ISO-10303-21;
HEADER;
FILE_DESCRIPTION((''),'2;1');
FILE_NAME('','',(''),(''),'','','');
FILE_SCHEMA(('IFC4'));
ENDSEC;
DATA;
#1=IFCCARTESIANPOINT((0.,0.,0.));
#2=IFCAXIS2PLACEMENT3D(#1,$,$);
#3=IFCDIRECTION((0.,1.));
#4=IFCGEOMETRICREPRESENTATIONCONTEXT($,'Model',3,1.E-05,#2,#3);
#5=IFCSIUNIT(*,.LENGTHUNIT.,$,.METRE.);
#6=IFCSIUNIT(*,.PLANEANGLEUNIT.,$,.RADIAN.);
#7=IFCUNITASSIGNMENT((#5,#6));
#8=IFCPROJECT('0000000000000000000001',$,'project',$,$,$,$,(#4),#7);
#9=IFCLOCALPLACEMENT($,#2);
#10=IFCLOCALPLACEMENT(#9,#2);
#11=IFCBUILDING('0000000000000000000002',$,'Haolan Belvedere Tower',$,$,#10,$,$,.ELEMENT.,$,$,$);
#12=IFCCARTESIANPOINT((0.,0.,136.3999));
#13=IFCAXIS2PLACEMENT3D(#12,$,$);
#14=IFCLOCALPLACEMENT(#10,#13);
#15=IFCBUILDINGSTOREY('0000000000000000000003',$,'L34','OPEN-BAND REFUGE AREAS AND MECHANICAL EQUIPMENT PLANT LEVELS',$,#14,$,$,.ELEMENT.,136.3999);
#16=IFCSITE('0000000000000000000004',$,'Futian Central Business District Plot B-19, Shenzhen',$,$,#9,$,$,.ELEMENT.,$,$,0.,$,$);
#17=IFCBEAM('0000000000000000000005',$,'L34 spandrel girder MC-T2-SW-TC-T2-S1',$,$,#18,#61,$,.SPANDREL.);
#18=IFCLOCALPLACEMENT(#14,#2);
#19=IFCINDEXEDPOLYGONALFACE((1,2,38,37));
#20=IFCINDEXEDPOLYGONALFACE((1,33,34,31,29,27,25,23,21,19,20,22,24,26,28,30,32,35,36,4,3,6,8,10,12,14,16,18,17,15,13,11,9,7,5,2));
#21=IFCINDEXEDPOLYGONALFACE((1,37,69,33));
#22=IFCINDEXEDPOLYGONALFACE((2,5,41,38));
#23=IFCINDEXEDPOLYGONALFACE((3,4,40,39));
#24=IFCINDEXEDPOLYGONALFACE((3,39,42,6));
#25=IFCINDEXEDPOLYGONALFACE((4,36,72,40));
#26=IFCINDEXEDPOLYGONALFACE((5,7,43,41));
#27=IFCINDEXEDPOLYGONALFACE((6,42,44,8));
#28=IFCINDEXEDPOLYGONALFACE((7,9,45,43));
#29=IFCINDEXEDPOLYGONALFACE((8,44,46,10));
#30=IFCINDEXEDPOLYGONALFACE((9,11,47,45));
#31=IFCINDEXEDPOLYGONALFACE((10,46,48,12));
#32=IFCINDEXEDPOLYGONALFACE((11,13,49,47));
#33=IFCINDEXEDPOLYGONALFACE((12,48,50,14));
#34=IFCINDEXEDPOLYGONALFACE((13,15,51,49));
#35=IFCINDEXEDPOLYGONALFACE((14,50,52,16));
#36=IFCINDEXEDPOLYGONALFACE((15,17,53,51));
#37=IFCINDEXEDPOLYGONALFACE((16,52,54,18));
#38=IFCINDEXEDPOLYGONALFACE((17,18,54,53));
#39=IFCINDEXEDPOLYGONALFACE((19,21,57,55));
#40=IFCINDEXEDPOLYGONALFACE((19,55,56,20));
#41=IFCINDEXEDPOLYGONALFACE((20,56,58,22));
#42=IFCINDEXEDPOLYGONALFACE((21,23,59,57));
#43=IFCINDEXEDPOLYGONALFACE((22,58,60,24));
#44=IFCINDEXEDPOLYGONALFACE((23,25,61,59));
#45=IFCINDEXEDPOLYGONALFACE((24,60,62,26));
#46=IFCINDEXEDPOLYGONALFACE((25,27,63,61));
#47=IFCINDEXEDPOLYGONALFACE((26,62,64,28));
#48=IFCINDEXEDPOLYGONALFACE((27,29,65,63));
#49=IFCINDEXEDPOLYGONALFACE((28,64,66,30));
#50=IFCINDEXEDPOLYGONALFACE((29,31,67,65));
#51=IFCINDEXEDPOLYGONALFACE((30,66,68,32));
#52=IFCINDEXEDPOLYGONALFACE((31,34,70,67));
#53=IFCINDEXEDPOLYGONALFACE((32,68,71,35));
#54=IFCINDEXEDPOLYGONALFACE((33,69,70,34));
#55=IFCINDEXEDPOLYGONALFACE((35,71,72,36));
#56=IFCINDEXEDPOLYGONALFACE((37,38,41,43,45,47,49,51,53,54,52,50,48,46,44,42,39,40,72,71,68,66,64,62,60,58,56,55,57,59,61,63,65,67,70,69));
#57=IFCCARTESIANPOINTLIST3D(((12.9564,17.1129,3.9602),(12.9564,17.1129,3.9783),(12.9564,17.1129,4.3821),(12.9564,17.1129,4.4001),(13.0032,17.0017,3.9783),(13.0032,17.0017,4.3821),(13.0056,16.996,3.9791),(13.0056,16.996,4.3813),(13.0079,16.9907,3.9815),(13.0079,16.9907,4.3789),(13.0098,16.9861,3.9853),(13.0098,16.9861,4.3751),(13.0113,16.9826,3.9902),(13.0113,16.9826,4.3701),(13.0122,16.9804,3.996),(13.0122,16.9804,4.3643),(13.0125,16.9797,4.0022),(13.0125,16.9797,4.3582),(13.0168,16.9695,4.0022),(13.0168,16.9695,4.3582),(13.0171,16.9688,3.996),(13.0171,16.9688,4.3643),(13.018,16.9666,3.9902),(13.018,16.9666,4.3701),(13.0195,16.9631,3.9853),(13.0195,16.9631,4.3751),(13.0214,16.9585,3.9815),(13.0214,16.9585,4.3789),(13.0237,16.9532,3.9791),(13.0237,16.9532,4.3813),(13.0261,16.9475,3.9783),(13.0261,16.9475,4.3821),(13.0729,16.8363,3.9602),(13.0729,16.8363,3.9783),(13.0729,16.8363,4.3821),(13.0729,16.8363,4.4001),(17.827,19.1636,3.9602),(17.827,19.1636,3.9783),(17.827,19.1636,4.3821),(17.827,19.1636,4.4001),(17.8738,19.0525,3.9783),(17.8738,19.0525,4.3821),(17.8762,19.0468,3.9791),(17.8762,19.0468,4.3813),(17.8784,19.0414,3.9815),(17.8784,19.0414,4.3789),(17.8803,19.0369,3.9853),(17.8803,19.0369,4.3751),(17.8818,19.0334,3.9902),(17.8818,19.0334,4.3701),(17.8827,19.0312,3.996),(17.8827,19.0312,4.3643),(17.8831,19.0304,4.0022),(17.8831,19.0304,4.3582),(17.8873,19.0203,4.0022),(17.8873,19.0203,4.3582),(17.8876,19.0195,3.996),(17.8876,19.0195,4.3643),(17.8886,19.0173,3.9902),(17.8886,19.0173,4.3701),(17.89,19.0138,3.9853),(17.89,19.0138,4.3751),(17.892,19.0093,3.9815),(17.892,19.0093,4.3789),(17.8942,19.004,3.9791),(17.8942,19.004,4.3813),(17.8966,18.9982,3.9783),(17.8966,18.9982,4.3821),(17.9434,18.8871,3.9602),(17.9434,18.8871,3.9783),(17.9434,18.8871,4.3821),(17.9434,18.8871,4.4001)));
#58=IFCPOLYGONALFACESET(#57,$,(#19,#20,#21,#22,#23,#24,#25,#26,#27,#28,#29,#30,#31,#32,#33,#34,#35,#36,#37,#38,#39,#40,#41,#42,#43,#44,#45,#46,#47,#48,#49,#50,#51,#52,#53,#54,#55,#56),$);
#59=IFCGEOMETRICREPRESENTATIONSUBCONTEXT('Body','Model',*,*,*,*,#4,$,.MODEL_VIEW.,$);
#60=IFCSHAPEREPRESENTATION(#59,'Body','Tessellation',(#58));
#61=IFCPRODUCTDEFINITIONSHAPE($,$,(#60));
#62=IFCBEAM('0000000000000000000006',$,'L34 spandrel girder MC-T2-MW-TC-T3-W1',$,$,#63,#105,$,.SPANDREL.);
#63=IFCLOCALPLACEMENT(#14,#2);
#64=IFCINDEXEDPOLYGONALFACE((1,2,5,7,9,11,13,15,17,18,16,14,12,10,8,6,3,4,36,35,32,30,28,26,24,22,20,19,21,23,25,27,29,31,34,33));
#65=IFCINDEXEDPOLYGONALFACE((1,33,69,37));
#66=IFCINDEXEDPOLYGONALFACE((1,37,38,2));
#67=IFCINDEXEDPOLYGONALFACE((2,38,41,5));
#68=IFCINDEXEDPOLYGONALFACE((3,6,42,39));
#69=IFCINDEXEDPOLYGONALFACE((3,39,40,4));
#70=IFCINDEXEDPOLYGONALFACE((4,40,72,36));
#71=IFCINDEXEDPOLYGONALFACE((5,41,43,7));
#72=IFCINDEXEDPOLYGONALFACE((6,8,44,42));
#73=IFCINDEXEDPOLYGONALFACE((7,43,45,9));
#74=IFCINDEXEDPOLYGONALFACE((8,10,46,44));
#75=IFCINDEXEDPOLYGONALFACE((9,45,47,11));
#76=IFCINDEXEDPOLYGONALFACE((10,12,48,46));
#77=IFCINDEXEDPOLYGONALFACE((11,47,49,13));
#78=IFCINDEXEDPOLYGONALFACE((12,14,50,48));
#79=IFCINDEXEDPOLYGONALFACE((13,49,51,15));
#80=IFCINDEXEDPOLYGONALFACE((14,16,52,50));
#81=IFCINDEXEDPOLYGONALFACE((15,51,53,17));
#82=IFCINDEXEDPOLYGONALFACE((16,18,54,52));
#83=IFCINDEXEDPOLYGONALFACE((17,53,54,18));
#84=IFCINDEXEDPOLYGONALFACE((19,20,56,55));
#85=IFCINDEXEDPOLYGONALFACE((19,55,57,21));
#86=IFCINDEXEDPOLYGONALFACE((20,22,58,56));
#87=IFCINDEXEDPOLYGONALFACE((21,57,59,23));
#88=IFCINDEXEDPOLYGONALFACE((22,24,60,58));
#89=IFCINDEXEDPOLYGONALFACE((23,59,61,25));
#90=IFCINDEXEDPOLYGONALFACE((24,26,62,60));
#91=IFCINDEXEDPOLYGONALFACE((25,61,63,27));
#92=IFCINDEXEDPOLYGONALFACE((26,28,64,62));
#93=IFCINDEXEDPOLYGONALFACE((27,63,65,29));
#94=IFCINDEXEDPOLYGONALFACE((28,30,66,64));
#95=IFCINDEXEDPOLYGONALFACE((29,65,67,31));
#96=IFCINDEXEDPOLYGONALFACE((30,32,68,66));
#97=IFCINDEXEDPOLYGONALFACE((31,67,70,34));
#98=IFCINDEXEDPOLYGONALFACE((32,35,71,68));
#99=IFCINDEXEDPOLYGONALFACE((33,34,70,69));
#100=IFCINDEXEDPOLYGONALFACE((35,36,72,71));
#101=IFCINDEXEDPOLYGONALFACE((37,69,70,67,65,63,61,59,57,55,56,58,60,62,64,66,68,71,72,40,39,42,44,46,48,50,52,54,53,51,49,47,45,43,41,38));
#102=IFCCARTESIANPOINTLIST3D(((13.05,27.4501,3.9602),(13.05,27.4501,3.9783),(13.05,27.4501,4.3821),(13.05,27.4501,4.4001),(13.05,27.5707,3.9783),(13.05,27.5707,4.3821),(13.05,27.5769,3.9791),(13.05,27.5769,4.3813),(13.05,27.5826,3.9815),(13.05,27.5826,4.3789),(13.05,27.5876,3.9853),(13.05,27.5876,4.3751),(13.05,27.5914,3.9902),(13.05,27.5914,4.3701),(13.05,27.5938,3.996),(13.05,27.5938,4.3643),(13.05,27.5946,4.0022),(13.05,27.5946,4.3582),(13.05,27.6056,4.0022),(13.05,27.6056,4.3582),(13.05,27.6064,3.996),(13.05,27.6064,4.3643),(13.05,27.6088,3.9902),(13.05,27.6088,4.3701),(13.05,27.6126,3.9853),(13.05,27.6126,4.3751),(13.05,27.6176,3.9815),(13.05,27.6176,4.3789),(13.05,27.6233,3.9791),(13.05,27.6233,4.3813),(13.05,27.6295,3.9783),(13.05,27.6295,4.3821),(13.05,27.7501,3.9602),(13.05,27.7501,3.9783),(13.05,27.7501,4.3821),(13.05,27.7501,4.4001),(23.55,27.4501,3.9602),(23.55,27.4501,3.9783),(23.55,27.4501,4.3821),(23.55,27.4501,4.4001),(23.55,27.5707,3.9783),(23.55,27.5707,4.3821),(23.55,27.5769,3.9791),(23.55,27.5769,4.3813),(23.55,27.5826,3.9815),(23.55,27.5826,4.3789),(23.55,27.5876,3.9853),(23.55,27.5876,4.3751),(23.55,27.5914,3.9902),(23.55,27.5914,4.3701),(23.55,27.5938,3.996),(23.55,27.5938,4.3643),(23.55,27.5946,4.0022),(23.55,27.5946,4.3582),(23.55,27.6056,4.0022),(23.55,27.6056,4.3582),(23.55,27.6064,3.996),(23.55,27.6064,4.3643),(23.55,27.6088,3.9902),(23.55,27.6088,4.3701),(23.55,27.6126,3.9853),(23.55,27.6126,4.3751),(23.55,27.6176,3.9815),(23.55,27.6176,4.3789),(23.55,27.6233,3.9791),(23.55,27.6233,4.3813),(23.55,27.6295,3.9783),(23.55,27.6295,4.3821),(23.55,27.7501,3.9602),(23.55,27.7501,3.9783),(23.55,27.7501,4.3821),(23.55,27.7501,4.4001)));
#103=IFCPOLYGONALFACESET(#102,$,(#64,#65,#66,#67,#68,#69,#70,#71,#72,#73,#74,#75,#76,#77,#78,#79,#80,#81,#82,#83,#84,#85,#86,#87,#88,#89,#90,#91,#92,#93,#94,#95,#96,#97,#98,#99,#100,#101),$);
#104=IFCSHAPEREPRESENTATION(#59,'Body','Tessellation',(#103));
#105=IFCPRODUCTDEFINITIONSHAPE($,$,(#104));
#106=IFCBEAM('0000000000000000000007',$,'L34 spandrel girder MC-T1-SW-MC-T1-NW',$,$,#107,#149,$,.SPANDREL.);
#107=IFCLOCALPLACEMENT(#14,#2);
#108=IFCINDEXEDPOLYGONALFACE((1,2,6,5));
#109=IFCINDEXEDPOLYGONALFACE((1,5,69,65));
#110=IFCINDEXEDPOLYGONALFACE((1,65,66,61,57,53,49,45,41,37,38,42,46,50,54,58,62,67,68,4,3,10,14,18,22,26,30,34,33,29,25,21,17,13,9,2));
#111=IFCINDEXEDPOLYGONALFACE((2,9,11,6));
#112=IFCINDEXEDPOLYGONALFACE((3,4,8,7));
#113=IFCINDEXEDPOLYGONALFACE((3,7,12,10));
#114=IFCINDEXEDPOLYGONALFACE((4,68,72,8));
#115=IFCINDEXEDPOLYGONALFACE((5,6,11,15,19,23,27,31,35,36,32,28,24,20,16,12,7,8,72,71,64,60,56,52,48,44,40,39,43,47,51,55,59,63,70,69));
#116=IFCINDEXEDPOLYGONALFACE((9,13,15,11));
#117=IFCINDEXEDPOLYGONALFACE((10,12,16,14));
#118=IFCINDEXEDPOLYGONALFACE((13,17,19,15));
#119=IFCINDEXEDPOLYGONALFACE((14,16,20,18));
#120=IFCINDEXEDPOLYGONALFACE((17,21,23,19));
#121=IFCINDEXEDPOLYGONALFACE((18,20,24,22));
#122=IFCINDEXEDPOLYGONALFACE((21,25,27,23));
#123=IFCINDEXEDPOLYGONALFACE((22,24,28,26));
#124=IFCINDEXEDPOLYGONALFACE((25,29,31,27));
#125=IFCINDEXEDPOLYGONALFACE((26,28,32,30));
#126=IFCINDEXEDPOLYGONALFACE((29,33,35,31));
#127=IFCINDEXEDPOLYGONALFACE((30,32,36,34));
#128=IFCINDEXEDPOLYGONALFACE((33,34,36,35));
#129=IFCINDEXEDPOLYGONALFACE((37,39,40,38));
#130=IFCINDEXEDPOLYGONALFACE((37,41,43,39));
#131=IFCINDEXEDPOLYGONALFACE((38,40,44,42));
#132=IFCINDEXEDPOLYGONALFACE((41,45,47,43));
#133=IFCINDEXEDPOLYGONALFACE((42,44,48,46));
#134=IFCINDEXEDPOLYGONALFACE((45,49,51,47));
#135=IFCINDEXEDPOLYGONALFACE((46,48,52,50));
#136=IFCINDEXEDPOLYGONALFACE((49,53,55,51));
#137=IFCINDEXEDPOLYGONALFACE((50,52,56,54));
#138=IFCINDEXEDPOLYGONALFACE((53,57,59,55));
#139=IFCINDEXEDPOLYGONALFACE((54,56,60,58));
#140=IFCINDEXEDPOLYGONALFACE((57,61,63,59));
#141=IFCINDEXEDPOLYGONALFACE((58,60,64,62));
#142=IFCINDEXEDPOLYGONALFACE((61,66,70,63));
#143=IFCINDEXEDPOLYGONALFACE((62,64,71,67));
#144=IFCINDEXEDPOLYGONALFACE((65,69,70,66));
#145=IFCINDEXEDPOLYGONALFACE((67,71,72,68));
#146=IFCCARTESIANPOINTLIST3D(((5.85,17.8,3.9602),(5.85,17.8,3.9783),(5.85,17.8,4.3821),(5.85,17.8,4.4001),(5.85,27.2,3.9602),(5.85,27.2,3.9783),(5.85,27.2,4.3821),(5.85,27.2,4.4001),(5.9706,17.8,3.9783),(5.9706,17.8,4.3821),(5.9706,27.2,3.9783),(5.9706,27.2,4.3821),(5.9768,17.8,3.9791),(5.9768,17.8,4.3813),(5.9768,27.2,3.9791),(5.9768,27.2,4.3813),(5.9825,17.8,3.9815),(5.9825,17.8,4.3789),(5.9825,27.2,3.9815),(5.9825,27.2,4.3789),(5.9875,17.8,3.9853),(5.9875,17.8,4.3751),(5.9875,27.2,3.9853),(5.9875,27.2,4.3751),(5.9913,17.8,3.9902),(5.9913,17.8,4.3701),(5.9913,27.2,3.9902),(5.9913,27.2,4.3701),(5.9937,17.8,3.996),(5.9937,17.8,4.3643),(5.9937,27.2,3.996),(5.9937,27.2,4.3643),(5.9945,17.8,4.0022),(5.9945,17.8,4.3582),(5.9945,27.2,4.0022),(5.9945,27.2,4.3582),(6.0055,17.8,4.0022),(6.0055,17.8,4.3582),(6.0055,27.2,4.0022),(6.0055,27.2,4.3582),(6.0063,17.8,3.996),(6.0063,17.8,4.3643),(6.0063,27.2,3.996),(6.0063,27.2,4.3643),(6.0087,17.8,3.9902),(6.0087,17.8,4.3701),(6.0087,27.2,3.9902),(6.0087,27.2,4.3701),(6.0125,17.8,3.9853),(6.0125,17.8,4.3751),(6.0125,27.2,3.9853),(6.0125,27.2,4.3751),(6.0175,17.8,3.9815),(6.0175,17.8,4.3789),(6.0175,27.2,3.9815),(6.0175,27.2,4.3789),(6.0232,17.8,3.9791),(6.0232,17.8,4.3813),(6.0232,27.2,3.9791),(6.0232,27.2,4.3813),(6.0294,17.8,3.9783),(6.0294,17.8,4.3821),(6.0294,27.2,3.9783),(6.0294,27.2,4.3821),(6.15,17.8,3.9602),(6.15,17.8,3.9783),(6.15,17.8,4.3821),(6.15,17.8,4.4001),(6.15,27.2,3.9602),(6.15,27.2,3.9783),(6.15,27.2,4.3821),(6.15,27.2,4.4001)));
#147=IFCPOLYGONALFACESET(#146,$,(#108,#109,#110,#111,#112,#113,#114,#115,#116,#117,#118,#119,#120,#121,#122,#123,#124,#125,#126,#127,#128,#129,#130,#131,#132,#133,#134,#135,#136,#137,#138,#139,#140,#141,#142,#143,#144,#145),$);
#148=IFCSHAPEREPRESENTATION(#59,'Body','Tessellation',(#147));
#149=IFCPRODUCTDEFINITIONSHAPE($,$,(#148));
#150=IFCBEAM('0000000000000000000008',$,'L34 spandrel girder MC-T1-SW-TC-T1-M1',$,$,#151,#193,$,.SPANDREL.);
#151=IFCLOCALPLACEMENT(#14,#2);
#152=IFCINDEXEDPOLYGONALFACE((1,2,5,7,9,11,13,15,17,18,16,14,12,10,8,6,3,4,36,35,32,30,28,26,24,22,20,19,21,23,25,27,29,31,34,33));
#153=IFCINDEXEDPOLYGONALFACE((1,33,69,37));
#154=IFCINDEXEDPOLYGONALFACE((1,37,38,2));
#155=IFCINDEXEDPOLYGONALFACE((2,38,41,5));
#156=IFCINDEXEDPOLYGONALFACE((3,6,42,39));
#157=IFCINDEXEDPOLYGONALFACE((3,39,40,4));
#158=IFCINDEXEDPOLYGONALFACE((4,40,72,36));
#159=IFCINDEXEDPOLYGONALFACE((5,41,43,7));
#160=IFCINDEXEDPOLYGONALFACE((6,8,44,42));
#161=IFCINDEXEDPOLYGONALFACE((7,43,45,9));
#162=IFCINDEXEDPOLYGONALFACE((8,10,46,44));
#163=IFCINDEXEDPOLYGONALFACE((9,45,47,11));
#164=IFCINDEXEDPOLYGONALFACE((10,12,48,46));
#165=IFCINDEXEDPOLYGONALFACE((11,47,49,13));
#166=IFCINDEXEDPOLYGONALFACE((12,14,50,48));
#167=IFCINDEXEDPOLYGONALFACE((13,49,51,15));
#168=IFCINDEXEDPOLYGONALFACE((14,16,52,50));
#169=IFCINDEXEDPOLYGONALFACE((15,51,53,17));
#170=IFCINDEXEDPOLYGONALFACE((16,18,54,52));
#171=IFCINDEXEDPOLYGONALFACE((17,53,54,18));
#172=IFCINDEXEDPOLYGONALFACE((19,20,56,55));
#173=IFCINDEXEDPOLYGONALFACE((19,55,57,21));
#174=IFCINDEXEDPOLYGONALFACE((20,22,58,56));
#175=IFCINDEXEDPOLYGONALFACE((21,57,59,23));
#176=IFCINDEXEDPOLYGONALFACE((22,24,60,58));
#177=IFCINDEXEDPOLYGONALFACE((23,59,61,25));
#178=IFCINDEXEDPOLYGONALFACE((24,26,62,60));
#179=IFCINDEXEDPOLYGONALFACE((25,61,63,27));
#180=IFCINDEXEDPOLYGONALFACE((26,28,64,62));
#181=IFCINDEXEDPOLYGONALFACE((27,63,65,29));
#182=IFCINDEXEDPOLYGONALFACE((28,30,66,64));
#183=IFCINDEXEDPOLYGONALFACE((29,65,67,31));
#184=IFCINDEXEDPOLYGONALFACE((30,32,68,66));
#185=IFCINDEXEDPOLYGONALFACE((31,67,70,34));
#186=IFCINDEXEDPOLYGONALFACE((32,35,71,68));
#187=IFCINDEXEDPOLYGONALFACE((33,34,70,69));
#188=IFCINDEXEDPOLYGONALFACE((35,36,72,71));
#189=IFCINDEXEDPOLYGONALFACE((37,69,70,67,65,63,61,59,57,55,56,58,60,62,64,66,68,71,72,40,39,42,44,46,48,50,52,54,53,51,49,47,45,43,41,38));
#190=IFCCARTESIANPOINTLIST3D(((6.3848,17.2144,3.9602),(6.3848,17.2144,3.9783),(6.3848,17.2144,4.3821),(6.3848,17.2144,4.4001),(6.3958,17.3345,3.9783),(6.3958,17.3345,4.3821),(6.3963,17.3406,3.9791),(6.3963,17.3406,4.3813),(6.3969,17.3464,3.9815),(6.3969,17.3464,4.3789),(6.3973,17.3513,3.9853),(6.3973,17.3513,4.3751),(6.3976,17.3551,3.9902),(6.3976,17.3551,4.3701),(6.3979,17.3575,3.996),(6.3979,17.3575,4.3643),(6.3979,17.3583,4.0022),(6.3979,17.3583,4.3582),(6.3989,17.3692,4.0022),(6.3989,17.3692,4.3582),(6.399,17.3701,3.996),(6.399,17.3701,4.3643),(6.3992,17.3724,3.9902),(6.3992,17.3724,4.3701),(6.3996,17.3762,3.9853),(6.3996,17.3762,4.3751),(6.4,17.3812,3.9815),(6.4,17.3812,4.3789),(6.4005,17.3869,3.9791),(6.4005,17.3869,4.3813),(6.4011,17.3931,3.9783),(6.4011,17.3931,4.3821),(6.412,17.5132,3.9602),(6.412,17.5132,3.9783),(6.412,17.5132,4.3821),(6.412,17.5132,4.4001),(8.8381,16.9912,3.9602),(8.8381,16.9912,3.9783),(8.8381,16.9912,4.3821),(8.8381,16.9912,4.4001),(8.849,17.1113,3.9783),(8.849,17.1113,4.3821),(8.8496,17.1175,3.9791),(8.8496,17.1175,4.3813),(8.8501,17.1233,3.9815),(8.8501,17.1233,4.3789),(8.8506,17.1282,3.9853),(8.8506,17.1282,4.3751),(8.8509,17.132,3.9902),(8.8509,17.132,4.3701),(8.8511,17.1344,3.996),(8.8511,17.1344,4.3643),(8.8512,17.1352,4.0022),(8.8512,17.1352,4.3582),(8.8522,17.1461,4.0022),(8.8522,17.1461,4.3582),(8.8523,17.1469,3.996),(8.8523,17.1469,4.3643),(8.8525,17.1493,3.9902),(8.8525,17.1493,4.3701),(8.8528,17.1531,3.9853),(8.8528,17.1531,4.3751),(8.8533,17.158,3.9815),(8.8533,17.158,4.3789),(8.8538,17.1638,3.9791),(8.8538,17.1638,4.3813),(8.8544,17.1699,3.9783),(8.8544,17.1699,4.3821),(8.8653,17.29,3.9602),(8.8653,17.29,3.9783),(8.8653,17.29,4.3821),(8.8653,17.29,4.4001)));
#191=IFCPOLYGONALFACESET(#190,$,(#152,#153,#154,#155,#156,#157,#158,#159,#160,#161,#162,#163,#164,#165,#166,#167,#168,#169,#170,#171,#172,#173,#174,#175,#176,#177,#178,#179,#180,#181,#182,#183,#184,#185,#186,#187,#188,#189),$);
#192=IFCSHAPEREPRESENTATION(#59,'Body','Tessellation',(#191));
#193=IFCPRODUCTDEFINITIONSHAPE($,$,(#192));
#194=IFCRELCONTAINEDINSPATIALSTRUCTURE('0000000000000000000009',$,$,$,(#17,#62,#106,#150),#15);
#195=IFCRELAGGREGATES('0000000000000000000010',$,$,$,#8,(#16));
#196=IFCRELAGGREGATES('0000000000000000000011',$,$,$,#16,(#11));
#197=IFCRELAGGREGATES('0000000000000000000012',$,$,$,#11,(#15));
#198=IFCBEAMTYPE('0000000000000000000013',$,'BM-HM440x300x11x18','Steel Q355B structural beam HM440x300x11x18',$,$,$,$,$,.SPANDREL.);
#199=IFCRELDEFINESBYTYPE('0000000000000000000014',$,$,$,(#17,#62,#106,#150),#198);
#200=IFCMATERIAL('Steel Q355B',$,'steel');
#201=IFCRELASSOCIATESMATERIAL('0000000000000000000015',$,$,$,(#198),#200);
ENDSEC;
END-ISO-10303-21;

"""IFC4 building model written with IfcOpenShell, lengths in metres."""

from ifc_helpers import new_model, si_unit, direction, frame, origin, origin_2d, place, context, subcontext, project, spatial, i_section, extrude, material, material_profile, profile_set, type_object, element, save


model = new_model("IFC4")

# Units and contexts
model_context = context("Model", 3, precision=1e-05, world=origin(), true_north=direction((0.0, 1.0)))
body_context = subcontext(model_context, "Body", "Model", "MODEL_VIEW")
ifc_project = project(units=[si_unit("LENGTHUNIT", "METRE"), si_unit("PLANEANGLEUNIT", "RADIAN")], contexts=[model_context])

# Site, building, storey
site_placement = place(None, origin())
site = spatial("IfcSite", under=ifc_project, at=site_placement, Name="Futian Central Business District Plot B-19, Shenzhen", CompositionType="ELEMENT", RefElevation=0.0)
building_placement = place(site_placement, origin())
building = spatial("IfcBuilding", under=site, at=building_placement, Name="Haolan Belvedere Tower", CompositionType="ELEMENT")
storey_placement = place(building_placement, frame((0.0, 0.0, 136.3999)))
storey = spatial("IfcBuildingStorey", under=building, at=storey_placement, Name="L34", Description="OPEN-BAND REFUGE AREAS AND MECHANICAL EQUIPMENT PLANT LEVELS", CompositionType="ELEMENT", Elevation=136.3999)

# Beams
ifc_material_1 = material(Name="Steel Q355B", Category="steel")
ifc_material_profile_1 = material_profile(ifc_material_1, i_section(OverallWidth=0.3, OverallDepth=0.4399, WebThickness=0.011, FlangeThickness=0.0181, FilletRadius=0.0239, at=origin_2d()), Name="Steel Q355B")
ifc_profile_set_1 = profile_set([ifc_material_profile_1], Name="Steel Q355B")
beam_type_1 = type_object("IfcBeamType", Name="BM-HM440x300x11x18", Description="Steel Q355B structural beam HM440x300x11x18", PredefinedType="SPANDREL", material=ifc_profile_set_1)
beam_1_placement = place(storey_placement, frame((13.0146, 16.9746, 4.1802), z_axis=(0.921635, 0.388057, 0.0), x_axis=(-0.388057, 0.921635, 0.0)))
element("IfcBeam", 1, at=beam_1_placement, inside=storey, type_object=beam_type_1, Name="L34 spandrel girder MC-T2-SW-TC-T2-S1", PredefinedType="SPANDREL", context=body_context, shape_type="SweptSolid", body=[
    extrude(i_section(OverallWidth=0.3, OverallDepth=0.4399, WebThickness=0.011, FlangeThickness=0.0181, FilletRadius=0.0239, at=origin_2d()), origin(), (0.0, 0.0, 1.0), 5.2847),
])
beam_2_placement = place(storey_placement, frame((13.05, 27.6001, 4.1802), z_axis=(1.0, 0.0, 0.0), x_axis=(0.0, 1.0, 0.0)))
element("IfcBeam", 2, at=beam_2_placement, inside=storey, type_object=beam_type_1, Name="L34 spandrel girder MC-T2-MW-TC-T3-W1", PredefinedType="SPANDREL", context=body_context, shape_type="SweptSolid", body=[
    extrude(i_section(OverallWidth=0.3, OverallDepth=0.4399, WebThickness=0.011, FlangeThickness=0.0181, FilletRadius=0.0239, at=origin_2d()), origin(), (0.0, 0.0, 1.0), 10.5),
])
beam_3_placement = place(storey_placement, frame((6.0, 17.8, 4.1802), z_axis=(0.0, 1.0, 0.0), x_axis=(-1.0, 0.0, 0.0)))
element("IfcBeam", 3, at=beam_3_placement, inside=storey, type_object=beam_type_1, Name="L34 spandrel girder MC-T1-SW-MC-T1-NW", PredefinedType="SPANDREL", context=body_context, shape_type="SweptSolid", body=[
    extrude(i_section(OverallWidth=0.3, OverallDepth=0.4399, WebThickness=0.011, FlangeThickness=0.0181, FilletRadius=0.0239, at=origin_2d()), origin(), (0.0, 0.0, 1.0), 9.3999),
])
beam_4_placement = place(storey_placement, frame((6.3984, 17.3638, 4.1802), z_axis=(0.995889, -0.09058, 0.0), x_axis=(0.09058, 0.995889, 0.0)))
element("IfcBeam", 4, at=beam_4_placement, inside=storey, type_object=beam_type_1, Name="L34 spandrel girder MC-T1-SW-TC-T1-M1", PredefinedType="SPANDREL", context=body_context, shape_type="SweptSolid", body=[
    extrude(i_section(OverallWidth=0.3, OverallDepth=0.4399, WebThickness=0.011, FlangeThickness=0.0181, FilletRadius=0.0239, at=origin_2d()), origin(), (0.0, 0.0, 1.0), 2.4634),
])

save(model, "model.ifc")
